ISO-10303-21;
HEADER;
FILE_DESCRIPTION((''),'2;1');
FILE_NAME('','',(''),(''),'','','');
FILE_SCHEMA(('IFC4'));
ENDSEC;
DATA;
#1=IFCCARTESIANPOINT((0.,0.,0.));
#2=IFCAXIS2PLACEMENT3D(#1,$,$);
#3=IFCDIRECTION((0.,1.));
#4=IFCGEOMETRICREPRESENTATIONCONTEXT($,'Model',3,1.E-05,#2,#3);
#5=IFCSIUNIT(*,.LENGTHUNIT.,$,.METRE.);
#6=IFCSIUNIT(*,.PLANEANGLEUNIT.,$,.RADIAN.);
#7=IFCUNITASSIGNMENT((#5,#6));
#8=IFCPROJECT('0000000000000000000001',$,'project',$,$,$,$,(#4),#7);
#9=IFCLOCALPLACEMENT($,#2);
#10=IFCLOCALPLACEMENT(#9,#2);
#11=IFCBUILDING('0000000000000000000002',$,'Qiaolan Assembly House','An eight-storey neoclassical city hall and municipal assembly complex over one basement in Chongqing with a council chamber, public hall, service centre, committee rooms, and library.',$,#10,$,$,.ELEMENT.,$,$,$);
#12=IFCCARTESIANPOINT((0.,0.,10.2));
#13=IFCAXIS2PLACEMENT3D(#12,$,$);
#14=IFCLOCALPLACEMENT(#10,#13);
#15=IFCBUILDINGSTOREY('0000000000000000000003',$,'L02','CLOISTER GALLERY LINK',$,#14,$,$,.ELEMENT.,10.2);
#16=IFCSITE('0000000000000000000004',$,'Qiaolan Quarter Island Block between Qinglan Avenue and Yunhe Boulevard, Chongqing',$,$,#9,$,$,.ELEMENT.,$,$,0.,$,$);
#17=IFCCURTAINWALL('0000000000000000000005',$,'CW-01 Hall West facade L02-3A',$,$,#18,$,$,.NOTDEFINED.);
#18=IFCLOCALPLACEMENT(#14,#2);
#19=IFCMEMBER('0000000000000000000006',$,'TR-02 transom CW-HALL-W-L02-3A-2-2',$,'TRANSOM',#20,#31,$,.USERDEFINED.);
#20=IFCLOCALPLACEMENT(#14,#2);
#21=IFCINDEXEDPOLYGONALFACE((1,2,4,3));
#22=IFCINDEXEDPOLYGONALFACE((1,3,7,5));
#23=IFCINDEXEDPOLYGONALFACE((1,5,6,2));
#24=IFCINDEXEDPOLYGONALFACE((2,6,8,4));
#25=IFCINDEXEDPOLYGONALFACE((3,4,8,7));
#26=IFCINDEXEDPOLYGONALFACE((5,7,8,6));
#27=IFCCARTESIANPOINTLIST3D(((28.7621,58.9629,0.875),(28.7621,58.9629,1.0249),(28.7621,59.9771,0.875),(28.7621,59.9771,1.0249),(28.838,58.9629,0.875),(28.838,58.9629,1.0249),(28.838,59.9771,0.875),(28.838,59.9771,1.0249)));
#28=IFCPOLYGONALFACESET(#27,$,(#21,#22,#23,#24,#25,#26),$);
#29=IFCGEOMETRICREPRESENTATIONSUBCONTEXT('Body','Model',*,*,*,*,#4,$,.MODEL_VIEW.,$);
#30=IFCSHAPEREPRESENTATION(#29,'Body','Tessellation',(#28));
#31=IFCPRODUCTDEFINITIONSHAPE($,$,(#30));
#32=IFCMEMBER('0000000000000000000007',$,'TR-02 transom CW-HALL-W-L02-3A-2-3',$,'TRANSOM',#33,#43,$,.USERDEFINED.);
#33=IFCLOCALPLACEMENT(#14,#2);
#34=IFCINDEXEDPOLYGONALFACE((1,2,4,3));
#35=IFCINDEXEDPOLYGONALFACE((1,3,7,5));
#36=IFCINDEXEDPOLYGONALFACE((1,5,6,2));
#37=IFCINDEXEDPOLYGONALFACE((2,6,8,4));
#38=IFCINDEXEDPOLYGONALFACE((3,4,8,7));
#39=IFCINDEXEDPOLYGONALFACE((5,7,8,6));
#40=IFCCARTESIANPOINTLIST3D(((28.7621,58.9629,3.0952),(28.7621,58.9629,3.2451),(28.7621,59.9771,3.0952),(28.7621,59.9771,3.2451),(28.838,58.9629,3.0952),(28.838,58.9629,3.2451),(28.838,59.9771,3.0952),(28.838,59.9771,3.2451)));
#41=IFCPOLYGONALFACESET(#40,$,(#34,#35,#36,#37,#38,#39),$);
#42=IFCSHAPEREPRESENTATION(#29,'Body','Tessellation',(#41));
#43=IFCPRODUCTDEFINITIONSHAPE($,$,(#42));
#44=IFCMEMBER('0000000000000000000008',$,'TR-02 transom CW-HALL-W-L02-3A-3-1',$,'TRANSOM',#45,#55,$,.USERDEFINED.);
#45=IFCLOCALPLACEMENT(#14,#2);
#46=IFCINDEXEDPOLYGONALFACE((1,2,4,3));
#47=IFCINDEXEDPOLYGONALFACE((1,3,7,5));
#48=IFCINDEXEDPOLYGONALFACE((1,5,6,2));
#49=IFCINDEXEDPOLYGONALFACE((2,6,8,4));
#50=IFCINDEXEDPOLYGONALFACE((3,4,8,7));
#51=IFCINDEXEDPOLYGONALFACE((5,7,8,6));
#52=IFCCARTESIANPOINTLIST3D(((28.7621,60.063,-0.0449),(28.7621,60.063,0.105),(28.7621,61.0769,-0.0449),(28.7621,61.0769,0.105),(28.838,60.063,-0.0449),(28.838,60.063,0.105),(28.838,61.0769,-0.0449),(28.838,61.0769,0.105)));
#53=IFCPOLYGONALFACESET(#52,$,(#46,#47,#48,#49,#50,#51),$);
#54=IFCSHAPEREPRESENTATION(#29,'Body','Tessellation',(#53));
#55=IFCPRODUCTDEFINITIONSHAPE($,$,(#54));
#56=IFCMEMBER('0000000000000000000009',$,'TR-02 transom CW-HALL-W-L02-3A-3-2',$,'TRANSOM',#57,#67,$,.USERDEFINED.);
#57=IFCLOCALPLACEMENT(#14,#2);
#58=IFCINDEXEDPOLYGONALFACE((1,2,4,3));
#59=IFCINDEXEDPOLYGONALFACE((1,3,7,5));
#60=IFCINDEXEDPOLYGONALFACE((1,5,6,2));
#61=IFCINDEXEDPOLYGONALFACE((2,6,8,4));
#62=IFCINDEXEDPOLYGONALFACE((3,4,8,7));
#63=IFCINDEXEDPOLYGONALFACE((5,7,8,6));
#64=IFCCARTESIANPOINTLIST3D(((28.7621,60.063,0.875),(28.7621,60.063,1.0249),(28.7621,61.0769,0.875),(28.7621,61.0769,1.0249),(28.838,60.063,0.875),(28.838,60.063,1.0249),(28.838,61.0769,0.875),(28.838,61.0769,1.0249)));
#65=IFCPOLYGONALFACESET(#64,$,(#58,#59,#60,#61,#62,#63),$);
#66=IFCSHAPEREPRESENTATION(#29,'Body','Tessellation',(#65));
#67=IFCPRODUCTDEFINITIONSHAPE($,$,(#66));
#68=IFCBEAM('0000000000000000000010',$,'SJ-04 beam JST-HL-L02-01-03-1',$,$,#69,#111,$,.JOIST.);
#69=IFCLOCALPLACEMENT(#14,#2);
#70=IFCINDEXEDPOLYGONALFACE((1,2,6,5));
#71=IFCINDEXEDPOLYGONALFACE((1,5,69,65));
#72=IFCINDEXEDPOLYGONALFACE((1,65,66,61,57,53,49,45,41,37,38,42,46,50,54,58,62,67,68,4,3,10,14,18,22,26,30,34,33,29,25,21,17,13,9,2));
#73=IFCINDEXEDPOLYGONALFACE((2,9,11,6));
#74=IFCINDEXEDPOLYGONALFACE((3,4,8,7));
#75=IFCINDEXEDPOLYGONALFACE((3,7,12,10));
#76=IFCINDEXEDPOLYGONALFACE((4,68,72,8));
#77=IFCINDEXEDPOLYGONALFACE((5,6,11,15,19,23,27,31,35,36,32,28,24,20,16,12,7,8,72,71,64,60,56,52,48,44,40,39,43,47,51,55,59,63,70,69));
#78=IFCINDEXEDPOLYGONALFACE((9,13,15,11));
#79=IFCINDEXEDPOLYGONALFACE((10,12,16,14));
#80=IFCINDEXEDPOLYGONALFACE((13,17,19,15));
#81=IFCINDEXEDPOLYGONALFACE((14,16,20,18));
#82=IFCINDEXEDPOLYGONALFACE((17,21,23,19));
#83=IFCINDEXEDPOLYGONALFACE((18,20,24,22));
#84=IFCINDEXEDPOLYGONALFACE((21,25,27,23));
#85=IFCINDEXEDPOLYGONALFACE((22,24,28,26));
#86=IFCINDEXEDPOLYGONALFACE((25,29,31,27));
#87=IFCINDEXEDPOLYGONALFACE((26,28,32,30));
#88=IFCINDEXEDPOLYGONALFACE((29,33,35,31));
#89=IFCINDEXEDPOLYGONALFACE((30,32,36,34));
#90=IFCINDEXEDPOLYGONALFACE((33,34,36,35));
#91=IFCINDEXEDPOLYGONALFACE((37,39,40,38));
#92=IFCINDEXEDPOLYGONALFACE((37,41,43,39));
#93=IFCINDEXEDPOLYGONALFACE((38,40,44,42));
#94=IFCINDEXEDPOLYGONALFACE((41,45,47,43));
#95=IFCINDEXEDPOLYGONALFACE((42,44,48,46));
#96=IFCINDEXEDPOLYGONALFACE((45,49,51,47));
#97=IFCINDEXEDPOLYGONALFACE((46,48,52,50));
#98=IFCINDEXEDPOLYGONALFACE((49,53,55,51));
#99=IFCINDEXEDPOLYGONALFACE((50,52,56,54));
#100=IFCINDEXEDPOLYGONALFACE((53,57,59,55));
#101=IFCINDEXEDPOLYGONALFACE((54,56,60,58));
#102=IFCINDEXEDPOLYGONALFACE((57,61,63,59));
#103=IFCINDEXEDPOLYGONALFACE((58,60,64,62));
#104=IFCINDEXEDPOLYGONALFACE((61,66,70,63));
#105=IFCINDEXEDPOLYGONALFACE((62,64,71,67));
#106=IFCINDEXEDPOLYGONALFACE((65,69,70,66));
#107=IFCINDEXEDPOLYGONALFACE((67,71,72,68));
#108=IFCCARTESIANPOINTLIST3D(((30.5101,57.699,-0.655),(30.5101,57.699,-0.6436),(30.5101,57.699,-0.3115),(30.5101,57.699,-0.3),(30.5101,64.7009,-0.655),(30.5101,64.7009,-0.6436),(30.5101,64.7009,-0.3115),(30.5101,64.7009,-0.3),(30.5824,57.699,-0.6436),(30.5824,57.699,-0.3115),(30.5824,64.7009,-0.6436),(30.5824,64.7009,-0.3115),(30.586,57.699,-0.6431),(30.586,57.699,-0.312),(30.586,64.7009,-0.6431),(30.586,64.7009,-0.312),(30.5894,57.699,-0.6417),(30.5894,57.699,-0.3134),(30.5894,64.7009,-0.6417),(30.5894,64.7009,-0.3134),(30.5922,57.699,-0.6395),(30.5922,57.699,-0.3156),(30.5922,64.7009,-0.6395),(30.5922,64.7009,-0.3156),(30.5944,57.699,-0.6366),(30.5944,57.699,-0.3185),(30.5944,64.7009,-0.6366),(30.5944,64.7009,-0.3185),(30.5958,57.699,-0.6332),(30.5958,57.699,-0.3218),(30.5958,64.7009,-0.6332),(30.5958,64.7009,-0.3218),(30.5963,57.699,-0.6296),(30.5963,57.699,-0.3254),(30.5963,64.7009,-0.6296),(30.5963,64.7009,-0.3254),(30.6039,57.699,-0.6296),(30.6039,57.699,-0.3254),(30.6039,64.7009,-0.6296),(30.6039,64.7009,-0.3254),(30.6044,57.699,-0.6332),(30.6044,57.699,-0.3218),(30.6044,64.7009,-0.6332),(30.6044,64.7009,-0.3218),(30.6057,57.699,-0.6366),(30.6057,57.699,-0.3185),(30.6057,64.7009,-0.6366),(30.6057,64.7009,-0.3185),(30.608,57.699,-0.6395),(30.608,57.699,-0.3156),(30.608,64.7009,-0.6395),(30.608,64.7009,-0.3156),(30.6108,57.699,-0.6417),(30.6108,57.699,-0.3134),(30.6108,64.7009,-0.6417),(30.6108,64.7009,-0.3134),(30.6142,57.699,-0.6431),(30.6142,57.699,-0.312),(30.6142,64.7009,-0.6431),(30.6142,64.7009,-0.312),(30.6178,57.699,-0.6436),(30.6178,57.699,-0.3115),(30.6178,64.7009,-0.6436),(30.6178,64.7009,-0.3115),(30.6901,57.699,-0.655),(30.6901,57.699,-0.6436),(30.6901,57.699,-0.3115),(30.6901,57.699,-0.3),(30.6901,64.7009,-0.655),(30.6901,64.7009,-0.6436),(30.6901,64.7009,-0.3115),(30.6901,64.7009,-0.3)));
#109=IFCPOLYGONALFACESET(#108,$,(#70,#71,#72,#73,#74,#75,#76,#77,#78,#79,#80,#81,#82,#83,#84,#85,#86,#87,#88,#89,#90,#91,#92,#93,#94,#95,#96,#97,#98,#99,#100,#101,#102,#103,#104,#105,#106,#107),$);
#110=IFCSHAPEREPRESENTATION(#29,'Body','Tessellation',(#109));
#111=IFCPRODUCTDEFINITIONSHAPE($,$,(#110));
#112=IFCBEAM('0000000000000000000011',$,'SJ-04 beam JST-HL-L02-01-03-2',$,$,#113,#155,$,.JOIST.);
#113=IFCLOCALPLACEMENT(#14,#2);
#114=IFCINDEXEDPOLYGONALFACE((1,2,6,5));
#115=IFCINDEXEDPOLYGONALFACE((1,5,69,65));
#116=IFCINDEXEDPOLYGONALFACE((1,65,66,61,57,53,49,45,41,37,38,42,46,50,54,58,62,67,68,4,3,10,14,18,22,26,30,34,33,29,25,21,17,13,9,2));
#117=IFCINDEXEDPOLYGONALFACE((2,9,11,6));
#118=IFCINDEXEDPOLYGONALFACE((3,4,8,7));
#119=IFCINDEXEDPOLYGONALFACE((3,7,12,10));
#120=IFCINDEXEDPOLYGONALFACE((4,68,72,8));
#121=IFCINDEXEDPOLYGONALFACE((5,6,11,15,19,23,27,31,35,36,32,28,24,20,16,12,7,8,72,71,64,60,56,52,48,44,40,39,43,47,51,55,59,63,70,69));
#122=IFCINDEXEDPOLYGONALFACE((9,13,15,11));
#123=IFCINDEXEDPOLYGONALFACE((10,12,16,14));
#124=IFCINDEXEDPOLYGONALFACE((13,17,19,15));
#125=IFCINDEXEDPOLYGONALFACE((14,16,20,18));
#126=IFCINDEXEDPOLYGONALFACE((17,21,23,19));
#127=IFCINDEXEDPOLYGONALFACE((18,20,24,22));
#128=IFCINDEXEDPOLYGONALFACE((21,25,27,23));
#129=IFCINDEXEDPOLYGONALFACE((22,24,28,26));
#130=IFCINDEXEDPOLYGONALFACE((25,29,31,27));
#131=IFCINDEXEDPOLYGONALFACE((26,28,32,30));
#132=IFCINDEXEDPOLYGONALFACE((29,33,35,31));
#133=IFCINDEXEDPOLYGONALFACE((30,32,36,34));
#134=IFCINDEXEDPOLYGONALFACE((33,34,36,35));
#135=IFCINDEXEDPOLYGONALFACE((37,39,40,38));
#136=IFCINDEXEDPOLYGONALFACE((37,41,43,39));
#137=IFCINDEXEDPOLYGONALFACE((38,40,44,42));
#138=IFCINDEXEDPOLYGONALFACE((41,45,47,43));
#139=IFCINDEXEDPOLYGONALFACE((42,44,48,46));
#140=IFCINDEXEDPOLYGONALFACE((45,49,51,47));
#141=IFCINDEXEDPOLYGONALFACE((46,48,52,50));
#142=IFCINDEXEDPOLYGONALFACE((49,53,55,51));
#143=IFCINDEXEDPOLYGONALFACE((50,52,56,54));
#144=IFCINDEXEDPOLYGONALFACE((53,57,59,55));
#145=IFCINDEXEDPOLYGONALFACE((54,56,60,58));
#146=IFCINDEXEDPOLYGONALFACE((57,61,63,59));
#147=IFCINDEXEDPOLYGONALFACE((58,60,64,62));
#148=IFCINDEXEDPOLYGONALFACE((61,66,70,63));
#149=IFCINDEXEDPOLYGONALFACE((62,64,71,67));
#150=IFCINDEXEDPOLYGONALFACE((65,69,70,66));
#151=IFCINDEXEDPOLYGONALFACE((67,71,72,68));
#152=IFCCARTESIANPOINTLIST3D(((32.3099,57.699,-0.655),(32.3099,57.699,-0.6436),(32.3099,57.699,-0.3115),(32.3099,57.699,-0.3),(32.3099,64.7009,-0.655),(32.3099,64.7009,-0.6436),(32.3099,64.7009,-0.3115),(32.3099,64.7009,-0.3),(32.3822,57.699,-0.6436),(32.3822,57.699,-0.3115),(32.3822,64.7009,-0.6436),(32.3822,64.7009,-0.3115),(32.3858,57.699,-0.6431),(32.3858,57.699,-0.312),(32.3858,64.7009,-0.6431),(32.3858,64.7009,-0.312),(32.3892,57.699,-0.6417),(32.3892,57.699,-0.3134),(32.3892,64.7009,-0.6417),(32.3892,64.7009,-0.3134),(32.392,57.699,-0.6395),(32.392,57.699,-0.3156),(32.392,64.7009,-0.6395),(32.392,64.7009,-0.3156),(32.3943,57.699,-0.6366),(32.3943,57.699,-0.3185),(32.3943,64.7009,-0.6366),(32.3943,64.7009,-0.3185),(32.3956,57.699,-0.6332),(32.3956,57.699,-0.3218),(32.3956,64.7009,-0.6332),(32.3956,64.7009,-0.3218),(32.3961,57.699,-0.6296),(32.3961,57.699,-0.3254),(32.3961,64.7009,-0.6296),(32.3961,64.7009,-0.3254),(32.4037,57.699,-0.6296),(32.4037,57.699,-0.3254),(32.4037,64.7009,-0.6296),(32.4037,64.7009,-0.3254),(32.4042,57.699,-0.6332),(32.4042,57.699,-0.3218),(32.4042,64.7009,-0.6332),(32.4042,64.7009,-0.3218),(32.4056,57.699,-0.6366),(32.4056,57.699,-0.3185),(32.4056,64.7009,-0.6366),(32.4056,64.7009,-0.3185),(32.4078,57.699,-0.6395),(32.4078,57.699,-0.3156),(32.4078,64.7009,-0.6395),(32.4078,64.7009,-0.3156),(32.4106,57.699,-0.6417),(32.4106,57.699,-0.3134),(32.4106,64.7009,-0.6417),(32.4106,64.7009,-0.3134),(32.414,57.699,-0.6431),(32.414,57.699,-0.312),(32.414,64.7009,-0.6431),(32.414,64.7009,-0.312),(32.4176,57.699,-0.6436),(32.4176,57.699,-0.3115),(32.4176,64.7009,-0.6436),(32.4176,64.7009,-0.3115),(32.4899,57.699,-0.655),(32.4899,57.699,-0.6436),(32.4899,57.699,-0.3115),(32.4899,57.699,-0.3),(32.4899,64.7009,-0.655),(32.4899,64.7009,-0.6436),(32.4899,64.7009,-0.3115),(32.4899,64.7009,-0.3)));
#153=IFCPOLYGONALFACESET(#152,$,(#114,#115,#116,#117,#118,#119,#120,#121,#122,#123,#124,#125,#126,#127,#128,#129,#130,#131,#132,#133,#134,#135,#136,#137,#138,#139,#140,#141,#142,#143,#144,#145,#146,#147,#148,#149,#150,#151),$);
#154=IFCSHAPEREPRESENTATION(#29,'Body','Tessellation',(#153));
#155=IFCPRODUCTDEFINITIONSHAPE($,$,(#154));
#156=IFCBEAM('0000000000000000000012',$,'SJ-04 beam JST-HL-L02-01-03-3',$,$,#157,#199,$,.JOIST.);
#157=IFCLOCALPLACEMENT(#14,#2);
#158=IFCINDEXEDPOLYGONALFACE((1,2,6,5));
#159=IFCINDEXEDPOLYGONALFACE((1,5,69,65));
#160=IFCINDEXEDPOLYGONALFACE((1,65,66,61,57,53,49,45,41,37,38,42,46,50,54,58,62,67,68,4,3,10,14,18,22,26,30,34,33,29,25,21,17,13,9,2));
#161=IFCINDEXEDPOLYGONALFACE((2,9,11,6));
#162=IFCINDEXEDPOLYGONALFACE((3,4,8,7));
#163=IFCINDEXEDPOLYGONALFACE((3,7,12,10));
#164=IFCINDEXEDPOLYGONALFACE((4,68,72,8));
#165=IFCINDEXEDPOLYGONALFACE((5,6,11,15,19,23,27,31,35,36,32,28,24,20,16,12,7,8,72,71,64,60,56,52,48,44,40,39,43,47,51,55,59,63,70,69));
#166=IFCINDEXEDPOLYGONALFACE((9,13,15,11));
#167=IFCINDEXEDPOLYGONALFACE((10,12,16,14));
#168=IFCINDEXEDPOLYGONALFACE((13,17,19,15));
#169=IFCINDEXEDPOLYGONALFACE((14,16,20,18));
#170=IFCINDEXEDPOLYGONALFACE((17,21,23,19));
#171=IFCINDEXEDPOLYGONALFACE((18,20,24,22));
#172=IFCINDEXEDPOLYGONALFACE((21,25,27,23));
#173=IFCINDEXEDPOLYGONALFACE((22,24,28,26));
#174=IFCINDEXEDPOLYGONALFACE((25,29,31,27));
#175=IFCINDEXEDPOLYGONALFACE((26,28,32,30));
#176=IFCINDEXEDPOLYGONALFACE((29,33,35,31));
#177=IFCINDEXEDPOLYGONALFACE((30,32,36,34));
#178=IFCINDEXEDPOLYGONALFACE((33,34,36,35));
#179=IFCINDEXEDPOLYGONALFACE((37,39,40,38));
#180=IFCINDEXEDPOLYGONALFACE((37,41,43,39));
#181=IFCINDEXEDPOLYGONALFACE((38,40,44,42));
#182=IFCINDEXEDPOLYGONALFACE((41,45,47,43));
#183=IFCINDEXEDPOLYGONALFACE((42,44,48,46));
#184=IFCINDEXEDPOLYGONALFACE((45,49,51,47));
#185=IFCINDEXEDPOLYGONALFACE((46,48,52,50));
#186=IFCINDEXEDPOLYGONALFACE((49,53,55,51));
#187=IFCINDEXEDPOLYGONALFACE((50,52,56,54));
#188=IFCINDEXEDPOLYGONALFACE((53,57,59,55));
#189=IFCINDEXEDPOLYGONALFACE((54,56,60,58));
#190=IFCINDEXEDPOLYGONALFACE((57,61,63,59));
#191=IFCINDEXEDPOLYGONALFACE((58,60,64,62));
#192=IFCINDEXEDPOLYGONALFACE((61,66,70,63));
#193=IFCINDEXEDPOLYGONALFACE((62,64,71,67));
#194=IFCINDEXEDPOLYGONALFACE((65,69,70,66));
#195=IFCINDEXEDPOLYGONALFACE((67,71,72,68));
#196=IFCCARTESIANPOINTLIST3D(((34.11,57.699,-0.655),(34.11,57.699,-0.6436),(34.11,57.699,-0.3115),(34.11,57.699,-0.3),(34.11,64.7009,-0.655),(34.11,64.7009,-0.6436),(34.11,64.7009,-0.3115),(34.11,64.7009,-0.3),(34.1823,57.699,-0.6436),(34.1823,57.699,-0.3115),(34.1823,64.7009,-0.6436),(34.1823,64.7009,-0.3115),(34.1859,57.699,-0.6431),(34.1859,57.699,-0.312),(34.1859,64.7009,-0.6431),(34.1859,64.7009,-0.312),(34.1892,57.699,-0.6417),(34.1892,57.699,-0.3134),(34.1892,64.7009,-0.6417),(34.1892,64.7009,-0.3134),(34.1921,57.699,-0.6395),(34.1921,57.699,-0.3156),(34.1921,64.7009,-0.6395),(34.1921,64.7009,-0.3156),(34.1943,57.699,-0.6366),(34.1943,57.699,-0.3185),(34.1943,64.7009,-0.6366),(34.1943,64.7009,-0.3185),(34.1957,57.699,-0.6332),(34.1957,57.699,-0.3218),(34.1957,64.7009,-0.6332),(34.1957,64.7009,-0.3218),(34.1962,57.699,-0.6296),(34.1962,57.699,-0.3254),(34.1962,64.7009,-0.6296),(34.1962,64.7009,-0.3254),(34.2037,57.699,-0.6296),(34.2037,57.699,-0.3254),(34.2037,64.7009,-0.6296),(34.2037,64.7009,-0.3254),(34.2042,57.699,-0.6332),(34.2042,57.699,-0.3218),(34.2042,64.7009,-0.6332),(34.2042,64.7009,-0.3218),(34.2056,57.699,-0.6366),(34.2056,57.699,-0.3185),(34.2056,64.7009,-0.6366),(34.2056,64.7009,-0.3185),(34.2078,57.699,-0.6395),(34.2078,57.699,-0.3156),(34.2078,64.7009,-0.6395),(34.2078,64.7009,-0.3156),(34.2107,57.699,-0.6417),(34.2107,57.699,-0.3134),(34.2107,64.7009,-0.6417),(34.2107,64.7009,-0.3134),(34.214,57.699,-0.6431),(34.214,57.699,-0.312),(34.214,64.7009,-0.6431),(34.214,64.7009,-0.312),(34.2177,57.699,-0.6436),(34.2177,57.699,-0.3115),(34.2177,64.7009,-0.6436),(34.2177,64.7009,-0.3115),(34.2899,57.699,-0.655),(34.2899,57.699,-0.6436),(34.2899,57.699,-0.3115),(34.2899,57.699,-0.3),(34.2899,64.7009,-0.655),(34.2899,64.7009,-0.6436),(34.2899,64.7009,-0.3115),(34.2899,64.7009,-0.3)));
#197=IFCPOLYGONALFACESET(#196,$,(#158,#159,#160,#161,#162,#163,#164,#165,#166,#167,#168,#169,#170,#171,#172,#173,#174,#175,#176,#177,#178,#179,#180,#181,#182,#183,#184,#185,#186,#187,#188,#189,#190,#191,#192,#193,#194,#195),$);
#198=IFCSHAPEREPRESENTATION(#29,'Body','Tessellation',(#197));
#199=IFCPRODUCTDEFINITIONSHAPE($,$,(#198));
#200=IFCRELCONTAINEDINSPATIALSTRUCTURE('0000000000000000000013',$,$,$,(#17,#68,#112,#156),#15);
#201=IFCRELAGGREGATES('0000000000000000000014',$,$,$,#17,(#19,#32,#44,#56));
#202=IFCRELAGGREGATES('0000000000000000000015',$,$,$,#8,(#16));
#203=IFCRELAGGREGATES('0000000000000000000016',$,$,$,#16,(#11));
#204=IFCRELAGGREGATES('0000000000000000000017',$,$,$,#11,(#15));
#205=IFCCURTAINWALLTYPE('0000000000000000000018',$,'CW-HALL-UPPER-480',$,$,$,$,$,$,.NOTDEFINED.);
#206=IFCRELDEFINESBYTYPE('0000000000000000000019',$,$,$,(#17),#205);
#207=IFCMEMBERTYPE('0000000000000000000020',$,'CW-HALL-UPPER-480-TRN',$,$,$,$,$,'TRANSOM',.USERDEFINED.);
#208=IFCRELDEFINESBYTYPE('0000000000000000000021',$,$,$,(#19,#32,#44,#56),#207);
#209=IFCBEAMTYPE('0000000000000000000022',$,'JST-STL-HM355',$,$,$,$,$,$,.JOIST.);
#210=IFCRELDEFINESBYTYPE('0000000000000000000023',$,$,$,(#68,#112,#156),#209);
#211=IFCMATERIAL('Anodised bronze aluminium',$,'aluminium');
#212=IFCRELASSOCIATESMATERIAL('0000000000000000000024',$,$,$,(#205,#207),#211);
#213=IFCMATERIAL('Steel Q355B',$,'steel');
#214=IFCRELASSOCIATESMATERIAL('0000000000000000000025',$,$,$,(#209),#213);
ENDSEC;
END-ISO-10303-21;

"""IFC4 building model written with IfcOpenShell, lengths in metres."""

from ifc_helpers import new_model, si_unit, direction, frame, origin, origin_2d, place, context, subcontext, project, spatial, rectangle, i_section, extrude, material, material_profile, profile_set, type_object, element, aggregate, save


model = new_model("IFC4")

# Units and contexts
model_context = context("Model", 3, precision=1e-05, world=origin(), true_north=direction((0.0, 1.0)))
body_context = subcontext(model_context, "Body", "Model", "MODEL_VIEW")
ifc_project = project(units=[si_unit("LENGTHUNIT", "METRE"), si_unit("PLANEANGLEUNIT", "RADIAN")], contexts=[model_context])

# Site, building, storey
site_placement = place(None, origin())
site = spatial("IfcSite", under=ifc_project, at=site_placement, Name="Qiaolan Quarter Island Block between Qinglan Avenue and Yunhe Boulevard, Chongqing", CompositionType="ELEMENT", RefElevation=0.0)
building_placement = place(site_placement, origin())
building = spatial("IfcBuilding", under=site, at=building_placement, Name="Qiaolan Assembly House", Description="An eight-storey neoclassical city hall and municipal assembly complex over one basement in Chongqing with a council chamber, public hall, service centre, committee rooms, and library.", CompositionType="ELEMENT")
storey_placement = place(building_placement, frame((0.0, 0.0, 10.2)))
storey = spatial("IfcBuildingStorey", under=building, at=storey_placement, Name="L02", Description="CLOISTER GALLERY LINK", CompositionType="ELEMENT", Elevation=10.2)

# Shared definitions
ifc_material_1 = material(Name="Steel Q355B", Category="steel")

# Curtain wall, members
ifc_material_2 = material(Name="Anodised bronze aluminium", Category="aluminium")
curtain_wall_type = type_object("IfcCurtainWallType", Name="CW-HALL-UPPER-480", PredefinedType="NOTDEFINED", material=ifc_material_2)
curtain_wall_placement = place(storey_placement, origin())
curtain_wall = element("IfcCurtainWall", 1, at=curtain_wall_placement, inside=storey, type_object=curtain_wall_type, Name="CW-01 Hall West facade L02-3A", PredefinedType="NOTDEFINED")
ifc_material_profile_1 = material_profile(ifc_material_2, rectangle(XDim=0.0759, YDim=0.1499, at=origin_2d()), Name="TRN 76x150")
ifc_profile_set_1 = profile_set([ifc_material_profile_1], Name="Anodised bronze aluminium")
member_type_1 = type_object("IfcMemberType", Name="CW-HALL-UPPER-480-TRN", ElementType="TRANSOM", PredefinedType="USERDEFINED", material=ifc_profile_set_1)
member_1_placement = place(storey_placement, frame((28.8, 58.9629, 0.95), z_axis=(0.0, 1.0, 0.0), x_axis=(-1.0, 0.0, 0.0)))
member_1 = element("IfcMember", 2, at=member_1_placement, type_object=member_type_1, Name="TR-02 transom CW-HALL-W-L02-3A-2-2", ObjectType="TRANSOM", PredefinedType="USERDEFINED", context=body_context, shape_type="SweptSolid", body=[
    extrude(rectangle(XDim=0.0759, YDim=0.1499, at=origin_2d()), origin(), (0.0, 0.0, 1.0), 1.0142),
])
member_2_placement = place(storey_placement, frame((28.8, 58.9629, 3.1702), z_axis=(0.0, 1.0, 0.0), x_axis=(-1.0, 0.0, 0.0)))
member_2 = element("IfcMember", 3, at=member_2_placement, type_object=member_type_1, Name="TR-02 transom CW-HALL-W-L02-3A-2-3", ObjectType="TRANSOM", PredefinedType="USERDEFINED", context=body_context, shape_type="SweptSolid", body=[
    extrude(rectangle(XDim=0.0759, YDim=0.1499, at=origin_2d()), origin(), (0.0, 0.0, 1.0), 1.0142),
])
member_3_placement = place(storey_placement, frame((28.8, 60.063, 0.03), z_axis=(0.0, 1.0, 0.0), x_axis=(-1.0, 0.0, 0.0)))
member_3 = element("IfcMember", 4, at=member_3_placement, type_object=member_type_1, Name="TR-02 transom CW-HALL-W-L02-3A-3-1", ObjectType="TRANSOM", PredefinedType="USERDEFINED", context=body_context, shape_type="SweptSolid", body=[
    extrude(rectangle(XDim=0.0759, YDim=0.1499, at=origin_2d()), origin(), (0.0, 0.0, 1.0), 1.0139),
])
member_4_placement = place(storey_placement, frame((28.8, 60.063, 0.95), z_axis=(0.0, 1.0, 0.0), x_axis=(-1.0, 0.0, 0.0)))
member_4 = element("IfcMember", 5, at=member_4_placement, type_object=member_type_1, Name="TR-02 transom CW-HALL-W-L02-3A-3-2", ObjectType="TRANSOM", PredefinedType="USERDEFINED", context=body_context, shape_type="SweptSolid", body=[
    extrude(rectangle(XDim=0.0759, YDim=0.1499, at=origin_2d()), origin(), (0.0, 0.0, 1.0), 1.0139),
])

# Beams
ifc_material_profile_2 = material_profile(ifc_material_1, i_section(OverallWidth=0.1799, OverallDepth=0.355, WebThickness=0.0076, FlangeThickness=0.0115, FilletRadius=0.0139, at=origin_2d()), Name="HM 355x180x7.5x11.5")
ifc_profile_set_2 = profile_set([ifc_material_profile_2], Name="Steel Q355B")
beam_type_1 = type_object("IfcBeamType", Name="JST-STL-HM355", PredefinedType="JOIST", material=ifc_profile_set_2)
for number, where, z_axis, x_axis, name in (
    (6, (30.6001, 57.699, -0.4775), (0.0, 1.0, 0.0), (-1.0, 0.0, 0.0), "SJ-04 beam JST-HL-L02-01-03-1"),
    (7, (32.3999, 57.699, -0.4775), (0.0, 1.0, 0.0), (-1.0, 0.0, 0.0), "SJ-04 beam JST-HL-L02-01-03-2"),
    (8, (34.2, 57.699, -0.4775), (0.0, 1.0, 0.0), (-1.0, 0.0, 0.0), "SJ-04 beam JST-HL-L02-01-03-3"),
):
    element("IfcBeam", number, at=place(storey_placement, frame(where, z_axis=z_axis, x_axis=x_axis)), inside=storey, type_object=beam_type_1, Name=name, PredefinedType="JOIST", context=body_context, shape_type="SweptSolid", body=[
        extrude(i_section(OverallWidth=0.1799, OverallDepth=0.355, WebThickness=0.0076, FlangeThickness=0.0115, FilletRadius=0.0139, at=origin_2d()), origin(), (0.0, 0.0, 1.0), 7.002),
    ])

aggregate(curtain_wall, [member_1, member_2, member_3, member_4])

save(model, "model.ifc")
